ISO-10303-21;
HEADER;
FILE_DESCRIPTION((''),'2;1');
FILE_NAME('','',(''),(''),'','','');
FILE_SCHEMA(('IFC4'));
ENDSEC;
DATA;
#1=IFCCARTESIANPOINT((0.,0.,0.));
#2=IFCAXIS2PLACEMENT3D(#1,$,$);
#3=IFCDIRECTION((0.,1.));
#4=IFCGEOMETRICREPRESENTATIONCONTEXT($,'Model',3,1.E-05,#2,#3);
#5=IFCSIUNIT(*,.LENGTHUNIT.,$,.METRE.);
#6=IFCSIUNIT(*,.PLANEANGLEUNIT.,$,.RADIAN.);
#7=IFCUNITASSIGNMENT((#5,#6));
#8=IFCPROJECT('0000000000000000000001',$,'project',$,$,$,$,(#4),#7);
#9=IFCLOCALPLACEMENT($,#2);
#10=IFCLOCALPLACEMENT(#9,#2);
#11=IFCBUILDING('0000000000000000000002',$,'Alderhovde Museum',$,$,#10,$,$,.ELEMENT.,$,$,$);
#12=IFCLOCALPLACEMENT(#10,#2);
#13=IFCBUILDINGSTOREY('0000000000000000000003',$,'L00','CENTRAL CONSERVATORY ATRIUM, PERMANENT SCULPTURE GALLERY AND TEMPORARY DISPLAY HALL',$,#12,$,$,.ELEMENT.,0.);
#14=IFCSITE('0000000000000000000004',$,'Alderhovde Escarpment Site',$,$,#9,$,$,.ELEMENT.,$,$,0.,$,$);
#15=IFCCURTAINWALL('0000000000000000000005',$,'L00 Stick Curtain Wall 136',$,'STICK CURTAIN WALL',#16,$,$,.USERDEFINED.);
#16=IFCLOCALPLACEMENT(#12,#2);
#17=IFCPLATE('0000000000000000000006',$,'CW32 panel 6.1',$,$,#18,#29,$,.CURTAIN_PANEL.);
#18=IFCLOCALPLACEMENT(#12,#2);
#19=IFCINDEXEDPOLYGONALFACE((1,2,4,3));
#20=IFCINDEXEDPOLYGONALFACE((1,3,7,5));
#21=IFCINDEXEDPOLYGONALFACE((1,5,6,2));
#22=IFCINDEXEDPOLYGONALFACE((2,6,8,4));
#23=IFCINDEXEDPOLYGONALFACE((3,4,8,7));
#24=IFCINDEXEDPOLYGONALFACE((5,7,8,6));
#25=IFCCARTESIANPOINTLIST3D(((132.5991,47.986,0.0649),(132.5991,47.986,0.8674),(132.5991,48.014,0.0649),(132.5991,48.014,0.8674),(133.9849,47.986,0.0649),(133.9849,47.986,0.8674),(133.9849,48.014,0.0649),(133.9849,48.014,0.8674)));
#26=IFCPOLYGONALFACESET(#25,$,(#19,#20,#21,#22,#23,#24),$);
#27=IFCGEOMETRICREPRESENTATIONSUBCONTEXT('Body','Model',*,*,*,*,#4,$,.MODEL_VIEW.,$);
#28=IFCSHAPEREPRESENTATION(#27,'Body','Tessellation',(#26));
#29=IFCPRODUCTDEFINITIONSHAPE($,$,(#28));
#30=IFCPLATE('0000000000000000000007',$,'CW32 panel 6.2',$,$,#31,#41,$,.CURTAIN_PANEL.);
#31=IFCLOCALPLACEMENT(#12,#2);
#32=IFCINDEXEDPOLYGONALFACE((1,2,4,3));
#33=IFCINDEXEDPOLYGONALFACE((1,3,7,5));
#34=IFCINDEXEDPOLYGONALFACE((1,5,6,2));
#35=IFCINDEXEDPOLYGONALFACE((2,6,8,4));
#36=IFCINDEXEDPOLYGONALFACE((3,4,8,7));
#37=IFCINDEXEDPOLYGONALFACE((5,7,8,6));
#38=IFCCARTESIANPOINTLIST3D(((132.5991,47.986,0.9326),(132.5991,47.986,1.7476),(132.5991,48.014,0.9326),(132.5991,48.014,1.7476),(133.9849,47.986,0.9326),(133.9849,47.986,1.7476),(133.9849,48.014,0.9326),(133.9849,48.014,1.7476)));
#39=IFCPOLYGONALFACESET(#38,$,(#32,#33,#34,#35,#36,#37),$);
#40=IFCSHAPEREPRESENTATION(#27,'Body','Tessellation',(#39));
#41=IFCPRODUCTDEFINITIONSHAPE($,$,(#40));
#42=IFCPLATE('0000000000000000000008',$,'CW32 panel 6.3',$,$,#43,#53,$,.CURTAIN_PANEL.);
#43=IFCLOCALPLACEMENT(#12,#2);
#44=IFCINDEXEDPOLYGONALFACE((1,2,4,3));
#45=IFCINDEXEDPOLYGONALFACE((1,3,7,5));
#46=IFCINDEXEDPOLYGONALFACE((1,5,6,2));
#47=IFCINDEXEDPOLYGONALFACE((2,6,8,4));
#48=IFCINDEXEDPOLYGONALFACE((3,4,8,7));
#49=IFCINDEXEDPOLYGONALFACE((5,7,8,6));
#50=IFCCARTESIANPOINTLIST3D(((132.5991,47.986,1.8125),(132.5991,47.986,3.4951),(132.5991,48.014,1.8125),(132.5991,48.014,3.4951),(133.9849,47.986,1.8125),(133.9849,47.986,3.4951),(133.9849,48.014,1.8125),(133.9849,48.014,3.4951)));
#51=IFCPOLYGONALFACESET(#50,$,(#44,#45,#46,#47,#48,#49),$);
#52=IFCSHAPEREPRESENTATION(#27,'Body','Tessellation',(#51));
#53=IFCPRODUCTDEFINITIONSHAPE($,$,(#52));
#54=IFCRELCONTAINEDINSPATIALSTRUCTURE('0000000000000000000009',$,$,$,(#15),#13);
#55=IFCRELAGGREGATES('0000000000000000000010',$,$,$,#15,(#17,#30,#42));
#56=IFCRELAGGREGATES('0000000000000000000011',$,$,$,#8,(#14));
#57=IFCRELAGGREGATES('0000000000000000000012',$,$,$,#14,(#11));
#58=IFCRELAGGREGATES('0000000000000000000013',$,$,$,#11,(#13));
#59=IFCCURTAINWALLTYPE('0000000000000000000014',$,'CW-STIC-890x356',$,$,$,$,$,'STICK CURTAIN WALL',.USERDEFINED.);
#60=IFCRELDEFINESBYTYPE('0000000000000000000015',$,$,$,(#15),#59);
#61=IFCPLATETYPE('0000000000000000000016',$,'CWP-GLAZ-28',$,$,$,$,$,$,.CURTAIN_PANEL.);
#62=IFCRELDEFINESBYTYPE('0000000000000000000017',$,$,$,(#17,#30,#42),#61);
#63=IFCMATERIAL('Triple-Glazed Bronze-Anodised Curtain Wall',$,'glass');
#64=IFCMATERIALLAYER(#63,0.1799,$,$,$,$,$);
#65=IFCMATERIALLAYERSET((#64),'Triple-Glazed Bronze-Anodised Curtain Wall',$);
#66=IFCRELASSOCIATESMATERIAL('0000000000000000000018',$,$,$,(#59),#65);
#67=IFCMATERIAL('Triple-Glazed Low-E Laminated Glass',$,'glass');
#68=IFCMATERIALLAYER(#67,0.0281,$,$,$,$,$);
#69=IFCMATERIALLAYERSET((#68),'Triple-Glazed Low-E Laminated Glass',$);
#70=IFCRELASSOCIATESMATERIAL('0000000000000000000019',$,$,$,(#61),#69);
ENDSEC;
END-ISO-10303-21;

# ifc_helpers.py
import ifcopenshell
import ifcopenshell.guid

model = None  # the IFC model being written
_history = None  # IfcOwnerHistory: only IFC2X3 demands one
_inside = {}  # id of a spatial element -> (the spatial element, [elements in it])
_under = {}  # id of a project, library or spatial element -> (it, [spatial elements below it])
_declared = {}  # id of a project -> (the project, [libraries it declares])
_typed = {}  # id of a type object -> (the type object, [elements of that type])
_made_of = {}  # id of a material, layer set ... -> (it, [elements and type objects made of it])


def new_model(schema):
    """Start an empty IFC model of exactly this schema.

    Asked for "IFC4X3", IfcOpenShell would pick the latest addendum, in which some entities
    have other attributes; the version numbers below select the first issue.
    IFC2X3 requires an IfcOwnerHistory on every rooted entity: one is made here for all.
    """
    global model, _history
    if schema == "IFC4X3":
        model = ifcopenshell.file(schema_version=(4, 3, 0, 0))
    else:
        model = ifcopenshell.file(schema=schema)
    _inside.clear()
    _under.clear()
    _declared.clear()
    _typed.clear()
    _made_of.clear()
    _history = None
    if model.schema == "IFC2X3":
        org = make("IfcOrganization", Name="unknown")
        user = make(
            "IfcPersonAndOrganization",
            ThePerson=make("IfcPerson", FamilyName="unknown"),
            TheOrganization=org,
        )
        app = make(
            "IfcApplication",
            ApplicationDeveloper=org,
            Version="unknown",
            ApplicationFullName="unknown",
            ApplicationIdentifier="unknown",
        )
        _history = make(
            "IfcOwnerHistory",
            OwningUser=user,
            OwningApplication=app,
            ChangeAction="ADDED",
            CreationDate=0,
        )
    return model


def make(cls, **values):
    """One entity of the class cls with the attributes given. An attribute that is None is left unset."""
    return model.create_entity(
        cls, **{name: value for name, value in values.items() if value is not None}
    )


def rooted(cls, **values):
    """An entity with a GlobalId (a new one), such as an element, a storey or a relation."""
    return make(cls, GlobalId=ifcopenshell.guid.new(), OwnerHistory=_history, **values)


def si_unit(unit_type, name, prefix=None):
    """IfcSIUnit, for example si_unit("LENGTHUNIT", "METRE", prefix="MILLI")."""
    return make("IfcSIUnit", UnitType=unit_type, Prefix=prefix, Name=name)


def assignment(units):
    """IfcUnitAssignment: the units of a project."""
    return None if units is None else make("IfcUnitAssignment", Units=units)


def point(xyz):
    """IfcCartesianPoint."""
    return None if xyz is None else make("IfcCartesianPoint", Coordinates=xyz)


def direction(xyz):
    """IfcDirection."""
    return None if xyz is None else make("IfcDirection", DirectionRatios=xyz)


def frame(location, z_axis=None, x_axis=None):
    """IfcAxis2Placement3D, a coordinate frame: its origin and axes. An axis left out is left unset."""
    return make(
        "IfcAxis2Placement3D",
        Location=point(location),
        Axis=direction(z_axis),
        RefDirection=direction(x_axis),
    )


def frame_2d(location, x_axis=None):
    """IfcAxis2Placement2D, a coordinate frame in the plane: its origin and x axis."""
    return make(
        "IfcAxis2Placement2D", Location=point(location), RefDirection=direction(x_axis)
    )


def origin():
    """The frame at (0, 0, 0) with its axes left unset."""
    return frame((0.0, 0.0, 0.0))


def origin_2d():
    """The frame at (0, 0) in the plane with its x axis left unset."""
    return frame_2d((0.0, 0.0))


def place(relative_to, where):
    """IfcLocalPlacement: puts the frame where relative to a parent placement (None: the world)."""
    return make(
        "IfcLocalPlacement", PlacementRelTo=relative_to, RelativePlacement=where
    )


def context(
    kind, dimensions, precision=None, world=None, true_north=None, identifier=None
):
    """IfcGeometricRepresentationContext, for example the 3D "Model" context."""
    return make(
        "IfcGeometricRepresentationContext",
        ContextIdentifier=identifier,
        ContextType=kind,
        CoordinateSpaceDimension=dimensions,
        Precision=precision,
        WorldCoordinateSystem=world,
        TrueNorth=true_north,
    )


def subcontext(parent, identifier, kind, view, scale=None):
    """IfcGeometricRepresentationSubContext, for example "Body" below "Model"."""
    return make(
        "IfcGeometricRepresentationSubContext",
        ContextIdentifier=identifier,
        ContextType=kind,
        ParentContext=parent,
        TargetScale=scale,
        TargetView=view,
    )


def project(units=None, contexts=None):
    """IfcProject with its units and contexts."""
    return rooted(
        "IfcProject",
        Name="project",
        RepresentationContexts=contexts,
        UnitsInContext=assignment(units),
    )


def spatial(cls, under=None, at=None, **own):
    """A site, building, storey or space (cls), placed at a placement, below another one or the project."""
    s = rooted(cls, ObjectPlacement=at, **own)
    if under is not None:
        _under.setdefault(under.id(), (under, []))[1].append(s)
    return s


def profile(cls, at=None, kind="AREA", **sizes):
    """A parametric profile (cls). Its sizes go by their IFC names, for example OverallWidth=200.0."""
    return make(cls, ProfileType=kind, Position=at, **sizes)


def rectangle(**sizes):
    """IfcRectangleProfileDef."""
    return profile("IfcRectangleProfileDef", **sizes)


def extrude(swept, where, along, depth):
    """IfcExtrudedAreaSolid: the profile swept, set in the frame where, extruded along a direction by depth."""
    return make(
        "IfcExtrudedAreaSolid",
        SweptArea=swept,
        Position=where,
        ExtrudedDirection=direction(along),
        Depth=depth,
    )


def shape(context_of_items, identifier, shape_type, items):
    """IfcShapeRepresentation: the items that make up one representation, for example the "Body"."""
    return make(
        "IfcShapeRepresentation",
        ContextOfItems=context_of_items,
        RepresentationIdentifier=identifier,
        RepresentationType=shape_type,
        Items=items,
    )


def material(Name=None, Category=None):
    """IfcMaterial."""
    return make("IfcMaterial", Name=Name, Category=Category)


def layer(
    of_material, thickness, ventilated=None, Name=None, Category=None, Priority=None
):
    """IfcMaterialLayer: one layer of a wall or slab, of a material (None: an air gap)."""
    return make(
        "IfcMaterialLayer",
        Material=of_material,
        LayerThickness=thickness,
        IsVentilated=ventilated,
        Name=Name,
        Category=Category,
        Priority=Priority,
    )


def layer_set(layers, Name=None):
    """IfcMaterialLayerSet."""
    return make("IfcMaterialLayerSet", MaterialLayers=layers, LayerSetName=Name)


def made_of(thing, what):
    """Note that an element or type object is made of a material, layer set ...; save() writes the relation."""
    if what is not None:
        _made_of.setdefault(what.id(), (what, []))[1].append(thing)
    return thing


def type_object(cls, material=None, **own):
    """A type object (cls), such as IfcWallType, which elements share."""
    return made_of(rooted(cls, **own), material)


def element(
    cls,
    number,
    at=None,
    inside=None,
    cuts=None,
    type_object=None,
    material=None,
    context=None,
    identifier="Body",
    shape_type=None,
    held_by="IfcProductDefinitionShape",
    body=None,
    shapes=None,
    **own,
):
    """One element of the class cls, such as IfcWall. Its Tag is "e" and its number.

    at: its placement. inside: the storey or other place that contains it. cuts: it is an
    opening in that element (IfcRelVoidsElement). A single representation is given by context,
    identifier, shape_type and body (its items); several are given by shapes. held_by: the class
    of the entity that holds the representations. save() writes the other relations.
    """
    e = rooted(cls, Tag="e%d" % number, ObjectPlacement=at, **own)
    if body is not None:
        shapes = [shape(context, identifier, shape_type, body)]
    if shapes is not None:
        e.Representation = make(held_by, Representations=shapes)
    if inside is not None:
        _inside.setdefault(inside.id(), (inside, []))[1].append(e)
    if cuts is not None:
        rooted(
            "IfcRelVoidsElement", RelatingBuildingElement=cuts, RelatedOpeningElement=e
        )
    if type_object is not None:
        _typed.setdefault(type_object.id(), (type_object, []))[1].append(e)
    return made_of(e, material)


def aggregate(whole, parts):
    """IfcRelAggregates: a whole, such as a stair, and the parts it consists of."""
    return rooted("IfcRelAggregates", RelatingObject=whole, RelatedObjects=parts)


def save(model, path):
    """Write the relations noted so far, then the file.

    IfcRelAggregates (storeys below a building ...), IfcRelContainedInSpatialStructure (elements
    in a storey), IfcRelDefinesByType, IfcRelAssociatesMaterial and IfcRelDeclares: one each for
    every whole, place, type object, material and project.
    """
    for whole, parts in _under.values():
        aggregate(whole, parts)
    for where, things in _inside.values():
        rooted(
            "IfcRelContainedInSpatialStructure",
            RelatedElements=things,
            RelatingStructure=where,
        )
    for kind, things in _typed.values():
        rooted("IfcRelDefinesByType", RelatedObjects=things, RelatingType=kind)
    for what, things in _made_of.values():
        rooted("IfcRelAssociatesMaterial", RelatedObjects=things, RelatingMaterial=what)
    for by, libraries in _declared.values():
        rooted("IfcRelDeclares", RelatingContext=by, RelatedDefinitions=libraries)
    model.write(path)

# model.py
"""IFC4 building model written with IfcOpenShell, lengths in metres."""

from ifc_helpers import new_model, si_unit, direction, frame, origin, origin_2d, place, context, subcontext, project, spatial, rectangle, extrude, material, layer, layer_set, type_object, element, aggregate, save


model = new_model("IFC4")

# Units and contexts
model_context = context("Model", 3, precision=1e-05, world=origin(), true_north=direction((0.0, 1.0)))
body_context = subcontext(model_context, "Body", "Model", "MODEL_VIEW")
ifc_project = project(units=[si_unit("LENGTHUNIT", "METRE"), si_unit("PLANEANGLEUNIT", "RADIAN")], contexts=[model_context])

# Site, building, storey
site_placement = place(None, origin())
site = spatial("IfcSite", under=ifc_project, at=site_placement, Name="Alderhovde Escarpment Site", CompositionType="ELEMENT", RefElevation=0.0)
building_placement = place(site_placement, origin())
building = spatial("IfcBuilding", under=site, at=building_placement, Name="Alderhovde Museum", CompositionType="ELEMENT")
storey_placement = place(building_placement, origin())
storey = spatial("IfcBuildingStorey", under=building, at=storey_placement, Name="L00", Description="CENTRAL CONSERVATORY ATRIUM, PERMANENT SCULPTURE GALLERY AND TEMPORARY DISPLAY HALL", CompositionType="ELEMENT", Elevation=0.0)

# Curtain wall
ifc_material_1 = material(Name="Triple-Glazed Bronze-Anodised Curtain Wall", Category="glass")
ifc_layer_1 = layer(ifc_material_1, 0.1799)
ifc_layer_set_1 = layer_set([ifc_layer_1], Name="Triple-Glazed Bronze-Anodised Curtain Wall")
curtain_wall_type = type_object("IfcCurtainWallType", Name="CW-STIC-890x356", ElementType="STICK CURTAIN WALL", PredefinedType="USERDEFINED", material=ifc_layer_set_1)
curtain_wall_1_placement = place(storey_placement, origin())
curtain_wall_1 = element("IfcCurtainWall", 1, at=curtain_wall_1_placement, inside=storey, type_object=curtain_wall_type, Name="L00 Stick Curtain Wall 136", ObjectType="STICK CURTAIN WALL", PredefinedType="USERDEFINED")

# Plates
ifc_material_2 = material(Name="Triple-Glazed Low-E Laminated Glass", Category="glass")
ifc_layer_2 = layer(ifc_material_2, 0.0281)
ifc_layer_set_2 = layer_set([ifc_layer_2], Name="Triple-Glazed Low-E Laminated Glass")
plate_type = type_object("IfcPlateType", Name="CWP-GLAZ-28", PredefinedType="CURTAIN_PANEL", material=ifc_layer_set_2)
plate_1_placement = place(storey_placement, frame((133.292, 48.0, 0.0649), z_axis=(0.0, 0.0, 1.0), x_axis=(1.0, 0.0, 0.0)))
plate_1 = element("IfcPlate", 2, at=plate_1_placement, type_object=plate_type, Name="CW32 panel 6.1", PredefinedType="CURTAIN_PANEL", context=body_context, shape_type="SweptSolid", body=[
    extrude(rectangle(XDim=1.3857, YDim=0.0281, at=origin_2d()), origin(), (0.0, 0.0, 1.0), 0.8025),
])
plate_2_placement = place(storey_placement, frame((133.292, 48.0, 0.9326), z_axis=(0.0, 0.0, 1.0), x_axis=(1.0, 0.0, 0.0)))
plate_2 = element("IfcPlate", 3, at=plate_2_placement, type_object=plate_type, Name="CW32 panel 6.2", PredefinedType="CURTAIN_PANEL", context=body_context, shape_type="SweptSolid", body=[
    extrude(rectangle(XDim=1.3857, YDim=0.0281, at=origin_2d()), origin(), (0.0, 0.0, 1.0), 0.8149),
])
plate_3_placement = place(storey_placement, frame((133.292, 48.0, 1.8125), z_axis=(0.0, 0.0, 1.0), x_axis=(1.0, 0.0, 0.0)))
plate_3 = element("IfcPlate", 4, at=plate_3_placement, type_object=plate_type, Name="CW32 panel 6.3", PredefinedType="CURTAIN_PANEL", context=body_context, shape_type="SweptSolid", body=[
    extrude(rectangle(XDim=1.3857, YDim=0.0281, at=origin_2d()), origin(), (0.0, 0.0, 1.0), 1.6826),
])
aggregate(curtain_wall_1, [plate_1, plate_2, plate_3])

save(model, "model.ifc")
